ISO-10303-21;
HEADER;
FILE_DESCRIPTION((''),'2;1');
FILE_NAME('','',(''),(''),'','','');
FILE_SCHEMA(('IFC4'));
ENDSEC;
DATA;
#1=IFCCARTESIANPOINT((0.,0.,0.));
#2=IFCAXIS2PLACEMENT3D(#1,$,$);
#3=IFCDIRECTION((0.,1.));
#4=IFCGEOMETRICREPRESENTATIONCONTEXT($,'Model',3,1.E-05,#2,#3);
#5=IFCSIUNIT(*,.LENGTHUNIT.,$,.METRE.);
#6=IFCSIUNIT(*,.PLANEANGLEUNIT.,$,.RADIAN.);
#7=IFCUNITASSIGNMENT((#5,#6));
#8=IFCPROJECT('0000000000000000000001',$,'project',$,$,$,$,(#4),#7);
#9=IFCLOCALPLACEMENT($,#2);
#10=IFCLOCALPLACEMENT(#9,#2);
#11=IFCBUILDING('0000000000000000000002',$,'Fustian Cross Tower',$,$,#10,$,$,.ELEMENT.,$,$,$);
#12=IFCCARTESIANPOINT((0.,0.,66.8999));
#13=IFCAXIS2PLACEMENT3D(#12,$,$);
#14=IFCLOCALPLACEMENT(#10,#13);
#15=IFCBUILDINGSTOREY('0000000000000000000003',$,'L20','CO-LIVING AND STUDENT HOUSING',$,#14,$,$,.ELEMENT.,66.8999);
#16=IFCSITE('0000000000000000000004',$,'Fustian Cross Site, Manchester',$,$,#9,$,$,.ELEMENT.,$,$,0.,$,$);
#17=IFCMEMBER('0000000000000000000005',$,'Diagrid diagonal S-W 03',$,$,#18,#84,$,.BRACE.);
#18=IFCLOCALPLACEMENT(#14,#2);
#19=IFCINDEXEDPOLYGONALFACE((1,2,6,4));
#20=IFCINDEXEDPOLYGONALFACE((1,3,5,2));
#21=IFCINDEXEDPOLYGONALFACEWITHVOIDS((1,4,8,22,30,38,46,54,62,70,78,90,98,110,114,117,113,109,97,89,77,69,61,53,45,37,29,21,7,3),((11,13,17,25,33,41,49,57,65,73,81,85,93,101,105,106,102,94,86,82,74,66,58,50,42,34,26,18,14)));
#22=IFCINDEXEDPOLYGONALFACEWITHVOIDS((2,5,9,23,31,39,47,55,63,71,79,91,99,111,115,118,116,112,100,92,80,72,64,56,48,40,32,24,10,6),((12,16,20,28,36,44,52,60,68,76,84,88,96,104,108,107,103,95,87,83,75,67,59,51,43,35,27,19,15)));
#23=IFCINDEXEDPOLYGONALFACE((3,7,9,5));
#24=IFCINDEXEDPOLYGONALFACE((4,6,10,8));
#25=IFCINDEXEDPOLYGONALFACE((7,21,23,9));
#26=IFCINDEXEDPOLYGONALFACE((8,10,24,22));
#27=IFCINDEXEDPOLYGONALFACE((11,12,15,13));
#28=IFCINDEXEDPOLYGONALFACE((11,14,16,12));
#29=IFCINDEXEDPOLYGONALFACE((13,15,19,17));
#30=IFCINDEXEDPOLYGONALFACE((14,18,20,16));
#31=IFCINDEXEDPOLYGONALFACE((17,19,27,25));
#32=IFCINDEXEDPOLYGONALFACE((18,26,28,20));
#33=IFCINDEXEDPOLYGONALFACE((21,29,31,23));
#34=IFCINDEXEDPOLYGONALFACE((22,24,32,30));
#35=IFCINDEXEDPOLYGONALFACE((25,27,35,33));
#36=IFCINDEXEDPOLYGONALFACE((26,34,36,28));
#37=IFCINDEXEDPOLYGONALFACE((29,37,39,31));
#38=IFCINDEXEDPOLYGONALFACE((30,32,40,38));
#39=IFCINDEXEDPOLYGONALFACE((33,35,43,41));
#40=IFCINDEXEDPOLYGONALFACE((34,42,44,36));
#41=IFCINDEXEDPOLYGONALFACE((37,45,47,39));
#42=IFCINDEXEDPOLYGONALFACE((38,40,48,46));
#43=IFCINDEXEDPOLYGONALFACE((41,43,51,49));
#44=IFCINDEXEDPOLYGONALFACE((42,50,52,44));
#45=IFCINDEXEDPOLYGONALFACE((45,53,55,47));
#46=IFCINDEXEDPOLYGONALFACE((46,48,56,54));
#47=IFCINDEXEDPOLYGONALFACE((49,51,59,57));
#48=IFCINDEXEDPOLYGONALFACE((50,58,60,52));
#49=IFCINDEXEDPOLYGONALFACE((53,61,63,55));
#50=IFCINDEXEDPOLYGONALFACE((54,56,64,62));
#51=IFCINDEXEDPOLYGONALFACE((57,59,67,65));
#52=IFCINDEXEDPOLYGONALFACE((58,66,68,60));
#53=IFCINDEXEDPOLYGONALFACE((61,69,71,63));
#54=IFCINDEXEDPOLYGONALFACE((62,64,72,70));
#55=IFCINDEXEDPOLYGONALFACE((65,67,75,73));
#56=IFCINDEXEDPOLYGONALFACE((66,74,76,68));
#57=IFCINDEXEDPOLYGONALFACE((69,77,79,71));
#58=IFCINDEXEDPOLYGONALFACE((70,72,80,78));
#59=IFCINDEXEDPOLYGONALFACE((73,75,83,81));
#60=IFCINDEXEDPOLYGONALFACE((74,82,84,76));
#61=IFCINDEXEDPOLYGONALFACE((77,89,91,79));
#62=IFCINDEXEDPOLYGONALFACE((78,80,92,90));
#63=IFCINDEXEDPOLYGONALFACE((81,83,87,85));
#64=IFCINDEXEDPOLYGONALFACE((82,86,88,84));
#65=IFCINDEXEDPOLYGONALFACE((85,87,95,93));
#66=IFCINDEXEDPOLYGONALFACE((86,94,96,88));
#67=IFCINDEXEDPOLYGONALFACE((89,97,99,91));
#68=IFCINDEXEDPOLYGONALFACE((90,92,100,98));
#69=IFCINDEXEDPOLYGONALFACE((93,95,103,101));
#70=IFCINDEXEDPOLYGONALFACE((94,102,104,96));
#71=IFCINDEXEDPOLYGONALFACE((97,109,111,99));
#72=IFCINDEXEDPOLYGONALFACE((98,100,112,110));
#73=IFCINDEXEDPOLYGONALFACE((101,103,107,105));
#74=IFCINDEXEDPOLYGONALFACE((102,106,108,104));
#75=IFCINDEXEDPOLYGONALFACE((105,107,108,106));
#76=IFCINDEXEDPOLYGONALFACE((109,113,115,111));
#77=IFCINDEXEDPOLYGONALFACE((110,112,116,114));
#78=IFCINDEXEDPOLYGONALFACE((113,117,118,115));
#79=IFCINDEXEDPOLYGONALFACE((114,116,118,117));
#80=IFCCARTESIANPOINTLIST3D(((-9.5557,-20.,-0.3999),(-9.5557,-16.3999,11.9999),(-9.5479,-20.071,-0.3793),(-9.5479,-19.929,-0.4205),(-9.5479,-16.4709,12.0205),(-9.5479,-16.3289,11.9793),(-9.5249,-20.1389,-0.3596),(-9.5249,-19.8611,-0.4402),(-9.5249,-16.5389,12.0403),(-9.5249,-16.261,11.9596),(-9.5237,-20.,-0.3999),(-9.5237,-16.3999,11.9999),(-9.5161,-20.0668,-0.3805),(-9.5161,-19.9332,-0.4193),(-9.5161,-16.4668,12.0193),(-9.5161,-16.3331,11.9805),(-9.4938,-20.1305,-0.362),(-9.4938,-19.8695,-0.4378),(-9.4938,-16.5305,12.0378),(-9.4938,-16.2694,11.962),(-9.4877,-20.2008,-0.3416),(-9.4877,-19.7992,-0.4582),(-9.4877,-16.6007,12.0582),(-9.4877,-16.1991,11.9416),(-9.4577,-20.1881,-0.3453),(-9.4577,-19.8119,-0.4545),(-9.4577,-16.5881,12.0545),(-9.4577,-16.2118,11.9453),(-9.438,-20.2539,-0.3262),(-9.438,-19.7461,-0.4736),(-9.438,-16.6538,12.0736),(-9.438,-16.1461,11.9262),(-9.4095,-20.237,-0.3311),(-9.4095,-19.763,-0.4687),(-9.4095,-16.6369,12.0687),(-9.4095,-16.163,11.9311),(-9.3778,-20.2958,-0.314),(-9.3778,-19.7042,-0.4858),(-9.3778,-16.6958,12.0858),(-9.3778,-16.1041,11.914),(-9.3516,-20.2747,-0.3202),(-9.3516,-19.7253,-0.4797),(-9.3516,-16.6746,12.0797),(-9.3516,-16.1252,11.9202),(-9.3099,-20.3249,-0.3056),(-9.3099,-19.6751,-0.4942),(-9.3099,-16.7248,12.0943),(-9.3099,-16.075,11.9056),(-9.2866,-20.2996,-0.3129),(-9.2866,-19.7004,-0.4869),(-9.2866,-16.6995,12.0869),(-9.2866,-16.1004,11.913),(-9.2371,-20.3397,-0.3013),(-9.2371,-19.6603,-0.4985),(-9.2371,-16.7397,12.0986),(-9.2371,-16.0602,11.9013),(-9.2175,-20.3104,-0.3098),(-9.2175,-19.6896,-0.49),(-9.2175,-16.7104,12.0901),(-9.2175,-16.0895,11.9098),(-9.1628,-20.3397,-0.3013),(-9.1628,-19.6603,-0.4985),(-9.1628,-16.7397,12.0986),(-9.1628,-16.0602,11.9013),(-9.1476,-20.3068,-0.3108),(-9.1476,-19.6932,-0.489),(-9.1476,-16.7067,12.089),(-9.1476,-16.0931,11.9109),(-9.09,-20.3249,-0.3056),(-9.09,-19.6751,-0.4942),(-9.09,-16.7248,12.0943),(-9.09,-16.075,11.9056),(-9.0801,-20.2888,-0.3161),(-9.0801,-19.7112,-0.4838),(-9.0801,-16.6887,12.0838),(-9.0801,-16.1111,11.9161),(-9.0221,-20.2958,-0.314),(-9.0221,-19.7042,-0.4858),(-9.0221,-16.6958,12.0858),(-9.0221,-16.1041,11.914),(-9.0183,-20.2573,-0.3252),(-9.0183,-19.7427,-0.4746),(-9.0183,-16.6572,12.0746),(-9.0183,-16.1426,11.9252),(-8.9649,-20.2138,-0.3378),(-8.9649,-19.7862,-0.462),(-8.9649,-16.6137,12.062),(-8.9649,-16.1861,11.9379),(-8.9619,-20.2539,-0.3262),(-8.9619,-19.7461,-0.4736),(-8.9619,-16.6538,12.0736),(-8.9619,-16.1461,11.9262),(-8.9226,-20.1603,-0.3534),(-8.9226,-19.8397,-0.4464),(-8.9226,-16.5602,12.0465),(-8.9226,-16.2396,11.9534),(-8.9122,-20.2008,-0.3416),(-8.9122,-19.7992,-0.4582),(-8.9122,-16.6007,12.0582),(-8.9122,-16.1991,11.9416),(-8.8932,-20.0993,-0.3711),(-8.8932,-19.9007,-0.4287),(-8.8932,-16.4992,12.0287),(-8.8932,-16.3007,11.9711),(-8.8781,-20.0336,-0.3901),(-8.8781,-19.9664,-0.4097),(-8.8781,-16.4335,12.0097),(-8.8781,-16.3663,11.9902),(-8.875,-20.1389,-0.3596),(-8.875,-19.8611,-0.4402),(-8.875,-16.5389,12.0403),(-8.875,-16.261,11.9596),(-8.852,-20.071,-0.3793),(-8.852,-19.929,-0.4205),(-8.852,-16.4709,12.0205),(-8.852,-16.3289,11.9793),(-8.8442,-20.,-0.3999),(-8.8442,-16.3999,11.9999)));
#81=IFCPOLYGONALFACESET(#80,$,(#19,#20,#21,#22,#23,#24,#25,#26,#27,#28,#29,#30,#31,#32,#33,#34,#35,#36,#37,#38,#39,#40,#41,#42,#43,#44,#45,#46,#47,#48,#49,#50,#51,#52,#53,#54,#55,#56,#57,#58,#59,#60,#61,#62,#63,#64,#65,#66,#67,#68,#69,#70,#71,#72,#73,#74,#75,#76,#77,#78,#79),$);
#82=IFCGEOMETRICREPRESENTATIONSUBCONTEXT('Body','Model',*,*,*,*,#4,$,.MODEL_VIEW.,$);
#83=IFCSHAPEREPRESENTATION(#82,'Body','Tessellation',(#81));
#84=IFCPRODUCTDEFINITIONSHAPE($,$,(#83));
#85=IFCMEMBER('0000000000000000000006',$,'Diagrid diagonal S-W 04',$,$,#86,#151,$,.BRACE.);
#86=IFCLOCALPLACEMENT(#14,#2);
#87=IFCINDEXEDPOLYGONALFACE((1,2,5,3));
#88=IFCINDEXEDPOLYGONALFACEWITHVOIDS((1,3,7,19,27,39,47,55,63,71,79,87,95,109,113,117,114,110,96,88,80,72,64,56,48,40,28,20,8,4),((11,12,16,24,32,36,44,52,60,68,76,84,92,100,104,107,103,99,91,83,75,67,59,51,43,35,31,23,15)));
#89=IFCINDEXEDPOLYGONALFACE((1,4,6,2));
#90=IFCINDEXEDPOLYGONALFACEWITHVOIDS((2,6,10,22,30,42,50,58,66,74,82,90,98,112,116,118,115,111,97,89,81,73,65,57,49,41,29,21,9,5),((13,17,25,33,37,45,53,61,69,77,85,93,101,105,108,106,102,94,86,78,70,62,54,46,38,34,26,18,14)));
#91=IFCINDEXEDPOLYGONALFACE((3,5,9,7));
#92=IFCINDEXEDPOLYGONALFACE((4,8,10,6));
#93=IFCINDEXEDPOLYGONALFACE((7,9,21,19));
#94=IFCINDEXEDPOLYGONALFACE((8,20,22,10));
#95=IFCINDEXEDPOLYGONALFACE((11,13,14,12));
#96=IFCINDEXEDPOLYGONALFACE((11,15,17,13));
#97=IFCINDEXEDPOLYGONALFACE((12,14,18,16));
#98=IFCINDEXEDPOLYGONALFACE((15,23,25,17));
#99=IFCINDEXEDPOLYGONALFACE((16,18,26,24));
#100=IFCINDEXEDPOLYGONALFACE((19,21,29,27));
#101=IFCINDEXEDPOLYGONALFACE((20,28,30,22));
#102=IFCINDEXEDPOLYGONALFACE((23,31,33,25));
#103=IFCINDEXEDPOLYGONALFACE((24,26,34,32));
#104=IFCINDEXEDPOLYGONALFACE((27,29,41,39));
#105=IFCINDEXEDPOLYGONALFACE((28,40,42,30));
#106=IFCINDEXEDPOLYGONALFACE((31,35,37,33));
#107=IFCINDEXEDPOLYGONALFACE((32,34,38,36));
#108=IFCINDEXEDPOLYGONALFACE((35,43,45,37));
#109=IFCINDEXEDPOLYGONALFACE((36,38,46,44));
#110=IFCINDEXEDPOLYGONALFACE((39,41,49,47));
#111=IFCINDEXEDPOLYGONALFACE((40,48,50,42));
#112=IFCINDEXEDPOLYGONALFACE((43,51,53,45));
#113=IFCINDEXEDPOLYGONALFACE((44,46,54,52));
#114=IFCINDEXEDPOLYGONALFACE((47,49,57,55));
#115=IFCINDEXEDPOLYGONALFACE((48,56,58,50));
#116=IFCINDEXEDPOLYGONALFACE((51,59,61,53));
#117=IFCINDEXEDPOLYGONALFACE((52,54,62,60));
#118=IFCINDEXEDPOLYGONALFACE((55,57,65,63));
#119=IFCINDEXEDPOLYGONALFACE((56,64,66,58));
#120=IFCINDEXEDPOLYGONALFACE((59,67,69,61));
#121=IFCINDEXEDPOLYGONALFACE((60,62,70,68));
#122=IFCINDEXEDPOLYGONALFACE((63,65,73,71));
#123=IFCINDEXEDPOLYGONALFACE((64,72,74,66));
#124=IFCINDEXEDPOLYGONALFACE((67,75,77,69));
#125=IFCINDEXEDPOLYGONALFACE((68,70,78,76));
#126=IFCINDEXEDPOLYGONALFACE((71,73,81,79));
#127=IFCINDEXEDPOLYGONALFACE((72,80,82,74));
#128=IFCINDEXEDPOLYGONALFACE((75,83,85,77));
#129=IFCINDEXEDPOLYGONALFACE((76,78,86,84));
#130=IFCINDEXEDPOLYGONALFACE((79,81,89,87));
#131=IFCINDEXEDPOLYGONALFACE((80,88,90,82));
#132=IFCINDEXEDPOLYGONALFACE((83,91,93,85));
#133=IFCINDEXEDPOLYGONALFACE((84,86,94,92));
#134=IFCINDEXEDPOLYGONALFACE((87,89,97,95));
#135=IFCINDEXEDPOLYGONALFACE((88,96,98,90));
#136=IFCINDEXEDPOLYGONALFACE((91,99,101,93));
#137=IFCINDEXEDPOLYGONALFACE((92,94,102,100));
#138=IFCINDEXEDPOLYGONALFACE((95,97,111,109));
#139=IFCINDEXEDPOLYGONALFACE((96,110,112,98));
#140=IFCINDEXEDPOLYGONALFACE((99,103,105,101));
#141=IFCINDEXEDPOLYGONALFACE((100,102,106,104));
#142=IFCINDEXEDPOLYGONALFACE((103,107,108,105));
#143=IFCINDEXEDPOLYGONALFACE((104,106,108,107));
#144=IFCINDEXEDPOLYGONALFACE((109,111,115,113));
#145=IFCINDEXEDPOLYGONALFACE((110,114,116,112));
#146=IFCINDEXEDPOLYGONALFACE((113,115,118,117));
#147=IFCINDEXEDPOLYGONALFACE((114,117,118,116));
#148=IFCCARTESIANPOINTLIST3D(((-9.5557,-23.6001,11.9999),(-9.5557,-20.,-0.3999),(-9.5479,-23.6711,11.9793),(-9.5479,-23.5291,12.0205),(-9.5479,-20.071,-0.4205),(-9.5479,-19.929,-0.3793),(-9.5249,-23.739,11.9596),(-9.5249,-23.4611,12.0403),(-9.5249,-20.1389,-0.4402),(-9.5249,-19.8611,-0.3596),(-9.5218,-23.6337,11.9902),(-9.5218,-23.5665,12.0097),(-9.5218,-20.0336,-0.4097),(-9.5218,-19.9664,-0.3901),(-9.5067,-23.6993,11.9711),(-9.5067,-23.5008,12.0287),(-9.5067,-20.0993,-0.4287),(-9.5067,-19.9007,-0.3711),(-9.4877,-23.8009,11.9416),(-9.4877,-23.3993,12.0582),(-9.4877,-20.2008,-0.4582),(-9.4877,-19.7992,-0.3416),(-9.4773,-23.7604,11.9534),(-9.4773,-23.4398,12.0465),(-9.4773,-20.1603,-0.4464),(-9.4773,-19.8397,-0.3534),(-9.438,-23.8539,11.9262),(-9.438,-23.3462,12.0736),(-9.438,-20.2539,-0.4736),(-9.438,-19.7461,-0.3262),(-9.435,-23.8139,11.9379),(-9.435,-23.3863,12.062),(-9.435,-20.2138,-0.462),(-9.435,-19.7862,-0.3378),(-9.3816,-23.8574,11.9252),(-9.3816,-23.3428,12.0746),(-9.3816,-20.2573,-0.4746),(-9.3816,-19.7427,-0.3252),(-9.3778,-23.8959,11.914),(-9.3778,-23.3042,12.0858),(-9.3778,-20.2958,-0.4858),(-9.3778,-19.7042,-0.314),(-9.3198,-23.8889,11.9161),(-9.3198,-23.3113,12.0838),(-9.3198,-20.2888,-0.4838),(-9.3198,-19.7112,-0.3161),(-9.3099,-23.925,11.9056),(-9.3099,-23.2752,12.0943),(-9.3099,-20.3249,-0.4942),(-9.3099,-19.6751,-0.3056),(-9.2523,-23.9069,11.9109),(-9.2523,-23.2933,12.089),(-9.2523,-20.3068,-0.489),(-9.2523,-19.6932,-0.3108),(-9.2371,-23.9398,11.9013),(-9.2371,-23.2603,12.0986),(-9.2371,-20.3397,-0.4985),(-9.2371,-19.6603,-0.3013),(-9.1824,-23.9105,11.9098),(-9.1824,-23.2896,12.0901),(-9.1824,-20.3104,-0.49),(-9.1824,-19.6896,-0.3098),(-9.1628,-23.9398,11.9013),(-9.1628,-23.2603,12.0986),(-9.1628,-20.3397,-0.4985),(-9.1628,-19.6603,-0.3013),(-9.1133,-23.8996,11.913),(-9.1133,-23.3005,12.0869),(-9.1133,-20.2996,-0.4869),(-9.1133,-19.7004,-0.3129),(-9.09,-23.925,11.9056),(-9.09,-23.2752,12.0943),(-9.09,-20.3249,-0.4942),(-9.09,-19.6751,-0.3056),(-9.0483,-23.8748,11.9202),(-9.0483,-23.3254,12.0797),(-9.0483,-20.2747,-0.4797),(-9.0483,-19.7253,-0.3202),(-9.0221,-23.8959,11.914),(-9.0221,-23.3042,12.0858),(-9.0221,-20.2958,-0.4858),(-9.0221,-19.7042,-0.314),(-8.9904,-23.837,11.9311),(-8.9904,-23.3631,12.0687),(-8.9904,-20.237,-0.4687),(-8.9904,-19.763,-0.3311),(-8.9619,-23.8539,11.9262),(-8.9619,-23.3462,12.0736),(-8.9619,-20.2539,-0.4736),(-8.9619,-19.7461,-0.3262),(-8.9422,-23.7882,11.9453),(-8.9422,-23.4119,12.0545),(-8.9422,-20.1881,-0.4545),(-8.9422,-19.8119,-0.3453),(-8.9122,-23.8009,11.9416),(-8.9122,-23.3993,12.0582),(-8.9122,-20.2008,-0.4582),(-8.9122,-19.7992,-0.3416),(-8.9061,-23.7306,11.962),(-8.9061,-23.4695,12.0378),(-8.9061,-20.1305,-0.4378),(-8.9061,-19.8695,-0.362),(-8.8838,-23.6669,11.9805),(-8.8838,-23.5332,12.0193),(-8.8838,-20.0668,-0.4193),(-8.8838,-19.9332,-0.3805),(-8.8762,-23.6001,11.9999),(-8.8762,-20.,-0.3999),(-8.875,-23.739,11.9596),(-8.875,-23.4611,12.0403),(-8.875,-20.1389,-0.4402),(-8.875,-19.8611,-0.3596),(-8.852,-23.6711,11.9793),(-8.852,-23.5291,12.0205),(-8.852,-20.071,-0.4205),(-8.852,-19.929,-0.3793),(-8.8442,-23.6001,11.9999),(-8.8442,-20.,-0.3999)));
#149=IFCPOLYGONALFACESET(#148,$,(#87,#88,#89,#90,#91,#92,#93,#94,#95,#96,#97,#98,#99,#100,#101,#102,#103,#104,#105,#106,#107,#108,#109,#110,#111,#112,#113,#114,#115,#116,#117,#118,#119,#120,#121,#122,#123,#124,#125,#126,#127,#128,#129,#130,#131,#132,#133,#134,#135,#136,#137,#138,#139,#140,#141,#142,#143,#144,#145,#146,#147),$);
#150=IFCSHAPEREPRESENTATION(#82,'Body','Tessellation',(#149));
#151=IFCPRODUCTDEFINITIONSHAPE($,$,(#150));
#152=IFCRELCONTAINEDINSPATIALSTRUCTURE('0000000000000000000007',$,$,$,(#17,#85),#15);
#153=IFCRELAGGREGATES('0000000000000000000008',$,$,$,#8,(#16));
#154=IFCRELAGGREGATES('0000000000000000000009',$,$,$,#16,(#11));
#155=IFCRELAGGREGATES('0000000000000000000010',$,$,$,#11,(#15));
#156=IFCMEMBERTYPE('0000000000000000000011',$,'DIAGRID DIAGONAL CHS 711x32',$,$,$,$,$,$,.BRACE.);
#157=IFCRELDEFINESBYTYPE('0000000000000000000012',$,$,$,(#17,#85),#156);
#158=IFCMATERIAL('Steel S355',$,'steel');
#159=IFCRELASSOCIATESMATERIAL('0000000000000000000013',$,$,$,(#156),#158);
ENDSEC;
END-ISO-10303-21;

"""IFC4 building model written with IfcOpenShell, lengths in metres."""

from ifc_helpers import new_model, si_unit, direction, frame, origin, origin_2d, place, context, subcontext, project, spatial, hollow_circle, extrude, material, material_profile, profile_set, type_object, element, save


model = new_model("IFC4")

# Units and contexts
model_context = context("Model", 3, precision=1e-05, world=origin(), true_north=direction((0.0, 1.0)))
body_context = subcontext(model_context, "Body", "Model", "MODEL_VIEW")
ifc_project = project(units=[si_unit("LENGTHUNIT", "METRE"), si_unit("PLANEANGLEUNIT", "RADIAN")], contexts=[model_context])

# Site, building, storey
site_placement = place(None, origin())
site = spatial("IfcSite", under=ifc_project, at=site_placement, Name="Fustian Cross Site, Manchester", CompositionType="ELEMENT", RefElevation=0.0)
building_placement = place(site_placement, origin())
building = spatial("IfcBuilding", under=site, at=building_placement, Name="Fustian Cross Tower", CompositionType="ELEMENT")
storey_placement = place(building_placement, frame((0.0, 0.0, 66.8999)))
storey = spatial("IfcBuildingStorey", under=building, at=storey_placement, Name="L20", Description="CO-LIVING AND STUDENT HOUSING", CompositionType="ELEMENT", Elevation=66.8999)

# Members
ifc_material_1 = material(Name="Steel S355", Category="steel")
ifc_material_profile_1 = material_profile(ifc_material_1, hollow_circle(Radius=0.3557, WallThickness=0.032, at=origin_2d()), Name="CHS 711x32")
ifc_profile_set_1 = profile_set([ifc_material_profile_1], Name="Steel S355")
member_type_1 = type_object("IfcMemberType", Name="DIAGRID DIAGONAL CHS 711x32", PredefinedType="BRACE", material=ifc_profile_set_1)
for number, where, z_axis, x_axis, name in (
    (1, (-9.2, -20.0, -0.3999), (0.0, 0.278819, 0.960344), (-1.0, 0.0, 0.0), "Diagrid diagonal S-W 03"),
    (2, (-9.2, -20.0, -0.3999), (0.0, -0.278819, 0.960344), (1.0, 0.0, 0.0), "Diagrid diagonal S-W 04"),
):
    element("IfcMember", number, at=place(storey_placement, frame(where, z_axis=z_axis, x_axis=x_axis)), inside=storey, type_object=member_type_1, Name=name, PredefinedType="BRACE", context=body_context, shape_type="SweptSolid", body=[
        extrude(hollow_circle(Radius=0.3557, WallThickness=0.032, at=origin_2d()), origin(), (0.0, 0.0, 1.0), 12.9119),
    ])

save(model, "model.ifc")
